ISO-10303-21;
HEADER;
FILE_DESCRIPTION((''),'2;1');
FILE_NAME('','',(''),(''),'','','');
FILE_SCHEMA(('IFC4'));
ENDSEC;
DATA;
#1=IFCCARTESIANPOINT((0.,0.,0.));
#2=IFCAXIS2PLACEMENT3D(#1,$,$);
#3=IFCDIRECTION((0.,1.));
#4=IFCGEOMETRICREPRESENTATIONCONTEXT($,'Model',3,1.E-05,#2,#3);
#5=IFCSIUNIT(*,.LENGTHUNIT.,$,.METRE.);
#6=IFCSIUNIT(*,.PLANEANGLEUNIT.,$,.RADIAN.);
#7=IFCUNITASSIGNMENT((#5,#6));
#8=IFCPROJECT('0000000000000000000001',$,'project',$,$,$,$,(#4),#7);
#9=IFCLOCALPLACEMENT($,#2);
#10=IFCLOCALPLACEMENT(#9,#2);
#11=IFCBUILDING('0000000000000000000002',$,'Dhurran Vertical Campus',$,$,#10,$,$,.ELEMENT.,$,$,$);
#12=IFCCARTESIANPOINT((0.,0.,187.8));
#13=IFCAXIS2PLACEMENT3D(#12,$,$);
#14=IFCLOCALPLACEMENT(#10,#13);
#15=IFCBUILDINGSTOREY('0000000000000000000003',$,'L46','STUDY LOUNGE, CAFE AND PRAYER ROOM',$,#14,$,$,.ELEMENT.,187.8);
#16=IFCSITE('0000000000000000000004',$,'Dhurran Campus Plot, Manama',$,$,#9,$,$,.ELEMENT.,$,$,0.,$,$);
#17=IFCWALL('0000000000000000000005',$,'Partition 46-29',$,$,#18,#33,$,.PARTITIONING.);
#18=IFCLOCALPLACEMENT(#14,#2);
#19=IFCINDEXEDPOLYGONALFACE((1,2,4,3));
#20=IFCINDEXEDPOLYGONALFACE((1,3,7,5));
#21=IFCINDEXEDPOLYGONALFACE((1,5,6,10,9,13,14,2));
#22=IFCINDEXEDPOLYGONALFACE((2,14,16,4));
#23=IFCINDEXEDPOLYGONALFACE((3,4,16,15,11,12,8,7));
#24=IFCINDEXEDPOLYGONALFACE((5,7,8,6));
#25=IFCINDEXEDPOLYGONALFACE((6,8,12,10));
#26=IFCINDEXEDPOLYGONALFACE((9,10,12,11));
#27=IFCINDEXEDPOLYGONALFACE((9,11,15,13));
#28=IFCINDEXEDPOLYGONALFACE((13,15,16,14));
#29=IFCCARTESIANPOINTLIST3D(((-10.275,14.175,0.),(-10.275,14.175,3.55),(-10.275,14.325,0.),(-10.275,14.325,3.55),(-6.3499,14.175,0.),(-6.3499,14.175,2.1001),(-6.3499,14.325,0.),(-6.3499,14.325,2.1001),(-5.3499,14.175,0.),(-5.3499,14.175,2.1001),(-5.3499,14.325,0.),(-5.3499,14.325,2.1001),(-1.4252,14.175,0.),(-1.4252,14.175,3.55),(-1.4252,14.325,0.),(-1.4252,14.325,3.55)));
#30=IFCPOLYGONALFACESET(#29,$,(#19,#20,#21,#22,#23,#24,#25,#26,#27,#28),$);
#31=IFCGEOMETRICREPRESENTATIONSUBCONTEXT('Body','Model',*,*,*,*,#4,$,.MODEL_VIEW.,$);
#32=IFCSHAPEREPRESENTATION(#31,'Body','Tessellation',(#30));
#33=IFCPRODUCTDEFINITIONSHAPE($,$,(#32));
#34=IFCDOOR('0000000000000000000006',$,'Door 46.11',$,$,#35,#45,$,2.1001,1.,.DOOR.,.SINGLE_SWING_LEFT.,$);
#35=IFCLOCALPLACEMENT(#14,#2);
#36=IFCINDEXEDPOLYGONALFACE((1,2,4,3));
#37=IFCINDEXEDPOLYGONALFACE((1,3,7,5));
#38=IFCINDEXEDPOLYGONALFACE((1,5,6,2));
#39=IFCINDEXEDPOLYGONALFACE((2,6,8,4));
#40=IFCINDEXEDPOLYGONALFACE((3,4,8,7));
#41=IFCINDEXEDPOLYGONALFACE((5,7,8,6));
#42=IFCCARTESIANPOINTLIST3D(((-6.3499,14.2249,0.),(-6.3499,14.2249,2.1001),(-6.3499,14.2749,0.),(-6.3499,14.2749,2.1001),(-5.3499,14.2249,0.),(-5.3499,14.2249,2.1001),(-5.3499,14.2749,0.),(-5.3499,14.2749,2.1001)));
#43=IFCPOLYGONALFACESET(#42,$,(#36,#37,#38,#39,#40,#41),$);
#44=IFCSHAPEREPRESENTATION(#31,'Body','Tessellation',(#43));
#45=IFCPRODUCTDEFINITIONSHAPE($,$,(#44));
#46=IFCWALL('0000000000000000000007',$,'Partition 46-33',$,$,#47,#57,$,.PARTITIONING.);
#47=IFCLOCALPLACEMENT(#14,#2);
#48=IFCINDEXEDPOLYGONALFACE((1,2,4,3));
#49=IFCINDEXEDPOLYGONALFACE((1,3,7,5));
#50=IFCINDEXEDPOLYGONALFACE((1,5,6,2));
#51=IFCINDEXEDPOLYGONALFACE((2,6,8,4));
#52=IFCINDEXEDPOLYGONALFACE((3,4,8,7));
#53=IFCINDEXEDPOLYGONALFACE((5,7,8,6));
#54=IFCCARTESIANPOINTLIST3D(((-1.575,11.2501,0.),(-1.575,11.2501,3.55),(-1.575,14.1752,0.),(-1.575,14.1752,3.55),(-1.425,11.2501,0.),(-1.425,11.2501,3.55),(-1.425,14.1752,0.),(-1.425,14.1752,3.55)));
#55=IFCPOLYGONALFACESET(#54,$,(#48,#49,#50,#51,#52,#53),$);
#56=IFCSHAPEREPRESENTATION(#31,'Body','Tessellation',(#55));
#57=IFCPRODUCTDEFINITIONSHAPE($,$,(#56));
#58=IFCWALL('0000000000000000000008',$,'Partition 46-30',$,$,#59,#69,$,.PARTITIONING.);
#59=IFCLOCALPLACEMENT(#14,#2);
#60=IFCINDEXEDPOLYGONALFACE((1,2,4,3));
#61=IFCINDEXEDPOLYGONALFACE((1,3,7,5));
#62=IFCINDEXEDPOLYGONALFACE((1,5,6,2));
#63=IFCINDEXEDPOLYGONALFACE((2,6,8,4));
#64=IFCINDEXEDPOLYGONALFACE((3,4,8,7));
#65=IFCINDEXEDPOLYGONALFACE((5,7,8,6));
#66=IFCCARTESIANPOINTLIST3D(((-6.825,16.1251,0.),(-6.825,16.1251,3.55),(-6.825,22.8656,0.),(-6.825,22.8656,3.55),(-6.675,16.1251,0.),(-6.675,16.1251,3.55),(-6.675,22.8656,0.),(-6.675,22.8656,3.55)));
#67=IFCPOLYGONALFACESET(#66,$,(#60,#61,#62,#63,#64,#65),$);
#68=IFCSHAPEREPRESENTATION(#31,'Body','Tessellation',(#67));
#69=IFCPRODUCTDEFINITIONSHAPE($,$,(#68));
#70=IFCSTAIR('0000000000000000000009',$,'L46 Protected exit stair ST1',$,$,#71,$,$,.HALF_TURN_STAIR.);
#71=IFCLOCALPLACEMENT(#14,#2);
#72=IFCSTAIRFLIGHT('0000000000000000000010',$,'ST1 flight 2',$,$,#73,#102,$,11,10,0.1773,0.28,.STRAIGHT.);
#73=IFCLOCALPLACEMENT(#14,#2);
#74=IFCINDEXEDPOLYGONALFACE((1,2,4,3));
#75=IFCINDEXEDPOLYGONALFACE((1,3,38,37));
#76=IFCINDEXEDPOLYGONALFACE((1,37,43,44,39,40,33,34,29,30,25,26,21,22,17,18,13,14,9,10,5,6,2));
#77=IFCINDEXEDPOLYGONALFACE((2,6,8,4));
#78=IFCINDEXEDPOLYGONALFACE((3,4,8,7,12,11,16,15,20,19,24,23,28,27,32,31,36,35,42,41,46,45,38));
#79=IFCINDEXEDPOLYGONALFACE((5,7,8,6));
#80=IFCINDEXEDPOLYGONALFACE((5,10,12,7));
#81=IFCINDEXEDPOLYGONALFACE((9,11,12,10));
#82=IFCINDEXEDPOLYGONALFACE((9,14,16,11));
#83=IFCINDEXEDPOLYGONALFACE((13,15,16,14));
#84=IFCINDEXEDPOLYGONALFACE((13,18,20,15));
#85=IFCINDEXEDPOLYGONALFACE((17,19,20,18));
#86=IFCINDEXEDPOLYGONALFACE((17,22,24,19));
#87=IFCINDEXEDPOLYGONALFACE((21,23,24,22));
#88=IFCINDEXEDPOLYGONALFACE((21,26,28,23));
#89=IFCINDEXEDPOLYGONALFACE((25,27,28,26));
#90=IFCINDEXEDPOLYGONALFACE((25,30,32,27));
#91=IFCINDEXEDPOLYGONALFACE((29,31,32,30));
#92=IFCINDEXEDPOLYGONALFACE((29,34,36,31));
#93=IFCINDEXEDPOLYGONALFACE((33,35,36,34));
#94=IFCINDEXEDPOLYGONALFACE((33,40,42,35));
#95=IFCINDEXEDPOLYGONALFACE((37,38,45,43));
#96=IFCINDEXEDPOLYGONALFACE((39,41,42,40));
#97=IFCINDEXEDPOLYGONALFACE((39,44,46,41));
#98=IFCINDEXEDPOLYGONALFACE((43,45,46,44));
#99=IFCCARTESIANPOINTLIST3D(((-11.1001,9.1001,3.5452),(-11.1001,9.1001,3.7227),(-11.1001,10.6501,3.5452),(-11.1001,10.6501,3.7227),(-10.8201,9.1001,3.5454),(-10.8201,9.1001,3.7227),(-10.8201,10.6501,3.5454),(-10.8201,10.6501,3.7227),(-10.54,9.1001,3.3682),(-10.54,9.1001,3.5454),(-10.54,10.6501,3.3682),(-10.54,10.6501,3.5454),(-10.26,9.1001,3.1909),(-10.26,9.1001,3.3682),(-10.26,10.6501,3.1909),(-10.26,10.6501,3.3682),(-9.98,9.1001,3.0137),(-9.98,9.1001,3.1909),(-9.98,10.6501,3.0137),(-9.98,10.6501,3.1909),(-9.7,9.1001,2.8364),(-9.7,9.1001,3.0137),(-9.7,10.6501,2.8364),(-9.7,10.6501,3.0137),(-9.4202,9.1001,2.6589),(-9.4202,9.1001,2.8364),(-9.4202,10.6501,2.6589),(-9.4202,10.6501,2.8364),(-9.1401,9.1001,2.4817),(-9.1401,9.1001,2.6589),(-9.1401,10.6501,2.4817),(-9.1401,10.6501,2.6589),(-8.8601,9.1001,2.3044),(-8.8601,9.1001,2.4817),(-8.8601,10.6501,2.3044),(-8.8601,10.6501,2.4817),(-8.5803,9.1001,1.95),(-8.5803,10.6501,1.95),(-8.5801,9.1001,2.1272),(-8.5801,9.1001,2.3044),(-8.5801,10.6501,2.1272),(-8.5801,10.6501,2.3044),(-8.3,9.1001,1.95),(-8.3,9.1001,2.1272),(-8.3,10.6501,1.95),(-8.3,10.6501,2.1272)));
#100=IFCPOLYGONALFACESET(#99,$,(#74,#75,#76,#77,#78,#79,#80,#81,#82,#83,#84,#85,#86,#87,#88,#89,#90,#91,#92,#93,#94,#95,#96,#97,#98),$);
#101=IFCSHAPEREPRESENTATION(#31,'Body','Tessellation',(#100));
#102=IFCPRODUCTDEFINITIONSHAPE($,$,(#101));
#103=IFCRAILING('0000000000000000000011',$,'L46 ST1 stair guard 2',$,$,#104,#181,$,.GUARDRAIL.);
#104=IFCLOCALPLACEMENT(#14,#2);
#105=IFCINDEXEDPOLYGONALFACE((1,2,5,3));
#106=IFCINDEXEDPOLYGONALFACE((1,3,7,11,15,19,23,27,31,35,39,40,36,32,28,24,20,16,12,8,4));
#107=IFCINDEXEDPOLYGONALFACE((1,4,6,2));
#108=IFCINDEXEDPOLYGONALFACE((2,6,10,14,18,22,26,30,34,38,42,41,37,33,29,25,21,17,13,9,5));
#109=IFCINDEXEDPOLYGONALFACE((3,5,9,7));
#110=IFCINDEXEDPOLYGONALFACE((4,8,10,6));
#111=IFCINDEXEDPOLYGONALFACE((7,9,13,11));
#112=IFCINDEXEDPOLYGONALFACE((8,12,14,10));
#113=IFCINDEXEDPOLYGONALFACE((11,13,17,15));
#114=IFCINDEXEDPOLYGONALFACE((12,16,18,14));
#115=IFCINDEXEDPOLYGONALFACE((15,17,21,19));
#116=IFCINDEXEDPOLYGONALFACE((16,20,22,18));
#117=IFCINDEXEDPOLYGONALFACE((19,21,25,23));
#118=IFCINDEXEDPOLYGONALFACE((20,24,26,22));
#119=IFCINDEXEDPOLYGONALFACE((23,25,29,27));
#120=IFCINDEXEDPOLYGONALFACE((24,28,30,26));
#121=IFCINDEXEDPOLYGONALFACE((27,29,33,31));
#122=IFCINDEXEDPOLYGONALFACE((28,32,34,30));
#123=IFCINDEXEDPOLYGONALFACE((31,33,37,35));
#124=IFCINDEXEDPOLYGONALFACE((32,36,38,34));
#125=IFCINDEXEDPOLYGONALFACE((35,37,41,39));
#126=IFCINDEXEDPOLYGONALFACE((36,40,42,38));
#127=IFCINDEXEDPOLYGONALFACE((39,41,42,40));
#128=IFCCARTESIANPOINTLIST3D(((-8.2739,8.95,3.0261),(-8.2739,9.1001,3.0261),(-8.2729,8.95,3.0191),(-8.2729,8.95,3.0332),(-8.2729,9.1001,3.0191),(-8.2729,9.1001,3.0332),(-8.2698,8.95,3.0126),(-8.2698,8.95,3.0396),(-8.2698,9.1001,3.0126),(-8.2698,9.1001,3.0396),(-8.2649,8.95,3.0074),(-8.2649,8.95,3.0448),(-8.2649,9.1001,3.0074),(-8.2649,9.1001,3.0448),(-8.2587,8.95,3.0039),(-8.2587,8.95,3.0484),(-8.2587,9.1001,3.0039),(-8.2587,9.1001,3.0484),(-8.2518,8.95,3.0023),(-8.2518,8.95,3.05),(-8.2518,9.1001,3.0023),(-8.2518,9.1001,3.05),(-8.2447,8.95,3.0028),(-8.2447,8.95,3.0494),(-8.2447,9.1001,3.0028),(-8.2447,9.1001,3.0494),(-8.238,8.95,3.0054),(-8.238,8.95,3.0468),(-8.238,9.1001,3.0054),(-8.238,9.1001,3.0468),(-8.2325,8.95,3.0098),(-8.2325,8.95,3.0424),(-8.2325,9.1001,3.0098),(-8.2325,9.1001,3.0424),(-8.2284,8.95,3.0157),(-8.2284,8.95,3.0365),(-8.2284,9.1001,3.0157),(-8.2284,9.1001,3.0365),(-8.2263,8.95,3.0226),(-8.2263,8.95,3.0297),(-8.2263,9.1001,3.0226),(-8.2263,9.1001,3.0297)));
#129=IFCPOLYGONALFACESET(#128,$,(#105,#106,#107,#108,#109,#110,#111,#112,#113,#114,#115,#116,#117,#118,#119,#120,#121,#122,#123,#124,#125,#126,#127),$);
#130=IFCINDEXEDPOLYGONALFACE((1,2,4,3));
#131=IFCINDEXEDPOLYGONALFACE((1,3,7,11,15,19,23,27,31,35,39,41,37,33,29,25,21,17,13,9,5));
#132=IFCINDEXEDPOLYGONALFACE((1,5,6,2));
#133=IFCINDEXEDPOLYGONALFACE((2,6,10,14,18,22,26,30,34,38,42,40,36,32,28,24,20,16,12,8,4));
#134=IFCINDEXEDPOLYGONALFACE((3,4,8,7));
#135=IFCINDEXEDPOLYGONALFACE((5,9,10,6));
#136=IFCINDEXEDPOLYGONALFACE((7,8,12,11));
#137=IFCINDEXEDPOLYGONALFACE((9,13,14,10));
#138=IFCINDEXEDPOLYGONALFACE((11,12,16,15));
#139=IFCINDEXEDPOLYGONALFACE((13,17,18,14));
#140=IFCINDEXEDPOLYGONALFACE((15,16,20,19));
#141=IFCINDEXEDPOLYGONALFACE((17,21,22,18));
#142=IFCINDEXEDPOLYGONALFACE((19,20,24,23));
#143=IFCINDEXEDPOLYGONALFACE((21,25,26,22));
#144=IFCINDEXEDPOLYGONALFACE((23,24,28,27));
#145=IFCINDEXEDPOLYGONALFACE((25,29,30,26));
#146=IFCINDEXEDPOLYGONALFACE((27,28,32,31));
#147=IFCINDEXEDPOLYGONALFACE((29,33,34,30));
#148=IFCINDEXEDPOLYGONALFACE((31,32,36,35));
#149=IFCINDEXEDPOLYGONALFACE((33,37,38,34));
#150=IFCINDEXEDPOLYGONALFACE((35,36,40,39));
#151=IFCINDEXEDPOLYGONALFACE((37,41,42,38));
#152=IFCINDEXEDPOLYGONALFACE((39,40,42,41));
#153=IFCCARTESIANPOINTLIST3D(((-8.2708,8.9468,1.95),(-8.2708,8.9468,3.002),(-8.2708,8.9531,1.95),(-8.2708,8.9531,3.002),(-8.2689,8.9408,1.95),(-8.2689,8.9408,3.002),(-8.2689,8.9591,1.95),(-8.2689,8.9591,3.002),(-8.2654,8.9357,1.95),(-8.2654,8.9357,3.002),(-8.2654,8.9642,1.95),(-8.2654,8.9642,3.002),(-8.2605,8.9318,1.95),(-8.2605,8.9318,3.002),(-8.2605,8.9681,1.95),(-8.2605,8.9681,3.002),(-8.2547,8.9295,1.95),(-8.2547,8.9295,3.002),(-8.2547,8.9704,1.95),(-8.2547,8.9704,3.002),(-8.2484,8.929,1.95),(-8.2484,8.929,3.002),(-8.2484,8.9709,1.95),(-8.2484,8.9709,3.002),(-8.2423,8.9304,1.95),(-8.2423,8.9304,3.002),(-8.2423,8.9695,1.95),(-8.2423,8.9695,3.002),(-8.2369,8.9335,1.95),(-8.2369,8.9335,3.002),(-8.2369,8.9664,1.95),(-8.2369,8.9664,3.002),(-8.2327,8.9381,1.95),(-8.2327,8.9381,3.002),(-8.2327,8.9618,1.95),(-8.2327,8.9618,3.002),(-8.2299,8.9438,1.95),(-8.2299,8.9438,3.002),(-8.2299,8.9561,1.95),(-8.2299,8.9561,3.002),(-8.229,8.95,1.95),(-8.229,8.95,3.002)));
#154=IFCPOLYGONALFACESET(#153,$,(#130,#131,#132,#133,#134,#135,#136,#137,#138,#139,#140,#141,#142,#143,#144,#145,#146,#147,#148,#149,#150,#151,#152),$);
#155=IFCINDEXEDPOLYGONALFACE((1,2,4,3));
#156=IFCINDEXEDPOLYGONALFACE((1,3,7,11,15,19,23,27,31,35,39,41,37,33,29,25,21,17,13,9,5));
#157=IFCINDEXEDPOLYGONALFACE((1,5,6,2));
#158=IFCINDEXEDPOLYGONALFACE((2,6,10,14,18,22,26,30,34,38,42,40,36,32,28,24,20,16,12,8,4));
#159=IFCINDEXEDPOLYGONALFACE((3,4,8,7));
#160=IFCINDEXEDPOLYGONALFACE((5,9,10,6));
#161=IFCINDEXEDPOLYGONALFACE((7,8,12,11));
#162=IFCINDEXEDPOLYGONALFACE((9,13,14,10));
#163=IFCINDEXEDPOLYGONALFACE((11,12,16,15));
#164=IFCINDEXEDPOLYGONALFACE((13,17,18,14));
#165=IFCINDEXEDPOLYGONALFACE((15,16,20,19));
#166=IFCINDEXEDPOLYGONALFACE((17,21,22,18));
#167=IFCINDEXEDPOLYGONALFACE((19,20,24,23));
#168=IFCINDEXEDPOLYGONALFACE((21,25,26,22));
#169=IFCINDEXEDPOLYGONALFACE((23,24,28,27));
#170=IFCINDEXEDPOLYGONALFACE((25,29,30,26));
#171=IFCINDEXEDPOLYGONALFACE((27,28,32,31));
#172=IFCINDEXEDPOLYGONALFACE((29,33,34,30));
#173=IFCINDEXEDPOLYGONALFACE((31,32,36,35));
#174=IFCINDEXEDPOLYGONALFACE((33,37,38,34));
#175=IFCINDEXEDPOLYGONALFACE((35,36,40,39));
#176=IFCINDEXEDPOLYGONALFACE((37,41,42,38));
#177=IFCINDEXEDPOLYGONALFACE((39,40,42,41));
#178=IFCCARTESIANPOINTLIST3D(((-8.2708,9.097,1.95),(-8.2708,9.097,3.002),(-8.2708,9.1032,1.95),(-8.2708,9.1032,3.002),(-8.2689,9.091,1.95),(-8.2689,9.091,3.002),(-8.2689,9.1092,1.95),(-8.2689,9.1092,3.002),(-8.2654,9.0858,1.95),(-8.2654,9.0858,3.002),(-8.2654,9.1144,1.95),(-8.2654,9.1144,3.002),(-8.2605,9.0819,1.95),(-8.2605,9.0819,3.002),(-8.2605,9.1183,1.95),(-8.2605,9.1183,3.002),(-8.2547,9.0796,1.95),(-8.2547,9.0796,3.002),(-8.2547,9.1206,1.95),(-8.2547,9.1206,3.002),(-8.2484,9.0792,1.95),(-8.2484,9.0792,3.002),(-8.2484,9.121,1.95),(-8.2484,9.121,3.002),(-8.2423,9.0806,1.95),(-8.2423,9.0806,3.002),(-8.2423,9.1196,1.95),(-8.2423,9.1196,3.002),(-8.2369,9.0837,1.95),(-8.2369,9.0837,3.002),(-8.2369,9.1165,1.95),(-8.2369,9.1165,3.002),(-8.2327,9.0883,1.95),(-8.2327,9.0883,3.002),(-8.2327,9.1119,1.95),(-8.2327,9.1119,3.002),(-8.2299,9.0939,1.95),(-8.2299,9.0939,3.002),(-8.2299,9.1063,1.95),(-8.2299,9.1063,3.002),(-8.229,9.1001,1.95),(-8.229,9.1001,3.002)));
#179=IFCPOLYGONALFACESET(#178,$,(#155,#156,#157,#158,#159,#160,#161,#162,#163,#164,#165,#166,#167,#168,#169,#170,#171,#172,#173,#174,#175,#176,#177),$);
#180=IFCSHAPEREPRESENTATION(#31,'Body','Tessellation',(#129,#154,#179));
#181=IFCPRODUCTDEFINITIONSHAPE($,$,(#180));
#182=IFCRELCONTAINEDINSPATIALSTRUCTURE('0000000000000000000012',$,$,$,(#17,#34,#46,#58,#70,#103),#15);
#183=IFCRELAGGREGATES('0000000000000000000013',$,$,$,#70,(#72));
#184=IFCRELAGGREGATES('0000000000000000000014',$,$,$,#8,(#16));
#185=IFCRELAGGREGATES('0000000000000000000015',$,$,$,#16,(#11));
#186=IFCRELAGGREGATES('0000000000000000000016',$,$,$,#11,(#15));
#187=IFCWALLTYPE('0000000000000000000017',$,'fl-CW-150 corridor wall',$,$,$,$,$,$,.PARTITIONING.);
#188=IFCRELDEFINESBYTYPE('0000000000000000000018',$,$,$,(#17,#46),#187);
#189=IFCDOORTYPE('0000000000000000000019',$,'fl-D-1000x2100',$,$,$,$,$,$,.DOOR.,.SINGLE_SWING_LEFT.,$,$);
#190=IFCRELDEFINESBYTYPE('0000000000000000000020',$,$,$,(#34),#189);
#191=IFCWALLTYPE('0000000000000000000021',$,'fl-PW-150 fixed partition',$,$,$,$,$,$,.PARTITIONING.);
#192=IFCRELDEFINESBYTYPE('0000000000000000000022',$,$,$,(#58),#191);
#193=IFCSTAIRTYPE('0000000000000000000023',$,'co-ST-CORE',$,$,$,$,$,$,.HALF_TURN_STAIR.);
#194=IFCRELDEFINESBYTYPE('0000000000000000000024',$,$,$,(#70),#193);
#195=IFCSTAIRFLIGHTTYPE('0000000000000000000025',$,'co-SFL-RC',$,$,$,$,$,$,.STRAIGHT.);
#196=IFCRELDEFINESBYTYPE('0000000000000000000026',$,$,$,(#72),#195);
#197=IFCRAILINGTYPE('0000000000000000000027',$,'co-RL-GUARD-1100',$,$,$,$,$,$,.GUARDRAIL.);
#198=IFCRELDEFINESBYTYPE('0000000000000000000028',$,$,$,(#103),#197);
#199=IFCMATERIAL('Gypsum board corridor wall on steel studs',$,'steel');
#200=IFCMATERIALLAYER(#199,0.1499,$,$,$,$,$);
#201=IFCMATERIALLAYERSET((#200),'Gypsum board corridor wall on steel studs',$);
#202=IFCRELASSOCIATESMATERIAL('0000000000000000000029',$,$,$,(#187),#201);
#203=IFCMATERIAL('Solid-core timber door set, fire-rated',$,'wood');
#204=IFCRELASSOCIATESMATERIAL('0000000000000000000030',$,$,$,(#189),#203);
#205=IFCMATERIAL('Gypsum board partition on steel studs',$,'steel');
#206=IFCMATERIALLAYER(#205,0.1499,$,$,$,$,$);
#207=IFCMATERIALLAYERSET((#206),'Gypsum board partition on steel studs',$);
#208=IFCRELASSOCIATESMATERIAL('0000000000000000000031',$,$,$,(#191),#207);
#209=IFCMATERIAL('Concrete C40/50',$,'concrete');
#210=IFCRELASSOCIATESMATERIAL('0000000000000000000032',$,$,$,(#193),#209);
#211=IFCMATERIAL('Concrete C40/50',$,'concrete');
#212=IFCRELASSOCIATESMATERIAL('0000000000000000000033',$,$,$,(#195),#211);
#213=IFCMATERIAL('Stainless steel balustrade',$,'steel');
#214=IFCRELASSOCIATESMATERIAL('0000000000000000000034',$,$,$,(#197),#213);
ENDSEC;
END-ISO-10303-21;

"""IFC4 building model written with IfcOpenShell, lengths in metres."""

from ifc_helpers import new_model, si_unit, direction, frame, frame_2d, origin, origin_2d, place, context, subcontext, project, spatial, polyline, rectangle, circle, outline, extrude, material, layer, layer_set, type_object, element, fill, aggregate, save


model = new_model("IFC4")

# Units and contexts
model_context = context("Model", 3, precision=1e-05, world=origin(), true_north=direction((0.0, 1.0)))
body_context = subcontext(model_context, "Body", "Model", "MODEL_VIEW")
ifc_project = project(units=[si_unit("LENGTHUNIT", "METRE"), si_unit("PLANEANGLEUNIT", "RADIAN")], contexts=[model_context])

# Site, building, storey
site_placement = place(None, origin())
site = spatial("IfcSite", under=ifc_project, at=site_placement, Name="Dhurran Campus Plot, Manama", CompositionType="ELEMENT", RefElevation=0.0)
building_placement = place(site_placement, origin())
building = spatial("IfcBuilding", under=site, at=building_placement, Name="Dhurran Vertical Campus", CompositionType="ELEMENT")
storey_placement = place(building_placement, frame((0.0, 0.0, 187.8)))
storey = spatial("IfcBuildingStorey", under=building, at=storey_placement, Name="L46", Description="STUDY LOUNGE, CAFE AND PRAYER ROOM", CompositionType="ELEMENT", Elevation=187.8)

# Shared definitions
ifc_material_1 = material(Name="Gypsum board corridor wall on steel studs", Category="steel")
ifc_layer_1 = layer(ifc_material_1, 0.1499)
ifc_layer_set_1 = layer_set([ifc_layer_1], Name="Gypsum board corridor wall on steel studs")
wall_type_1 = type_object("IfcWallType", Name="fl-CW-150 corridor wall", PredefinedType="PARTITIONING", material=ifc_layer_set_1)
ifc_material_2 = material(Name="Solid-core timber door set, fire-rated", Category="wood")
door_type = type_object("IfcDoorType", Name="fl-D-1000x2100", OperationType="SINGLE_SWING_LEFT", PredefinedType="DOOR", material=ifc_material_2)

# Wall, opening, door
wall_1_placement = place(storey_placement, frame((-10.2749, 14.25, 0.0), z_axis=(0.0, 0.0, 1.0), x_axis=(1.0, 0.0, 0.0)))
wall_1 = element("IfcWall", 1, at=wall_1_placement, inside=storey, type_object=wall_type_1, Name="Partition 46-29", PredefinedType="PARTITIONING", context=body_context, shape_type="SweptSolid", body=[
    extrude(rectangle(XDim=8.8499, YDim=0.1499, at=frame_2d((4.4248, 0.0))), origin(), (0.0, 0.0, 1.0), 3.55),
])
opening_1_placement = place(wall_1_placement, frame((3.925, 0.0, 0.0)))
opening_1 = element("IfcOpeningElement", 2, at=opening_1_placement, cuts=wall_1, PredefinedType="OPENING", context=body_context, shape_type="SweptSolid", body=[
    extrude(rectangle(XDim=1.0, YDim=2.1001, at=frame_2d((0.5, 1.05))), frame((0.0, 0.085, 0.0), z_axis=(0.0, -1.0, 0.0), x_axis=(1.0, 0.0, 0.0)), (0.0, 0.0, 1.0), 0.1699),
])
door_1_placement = place(opening_1_placement, origin())
door_1 = element("IfcDoor", 3, at=door_1_placement, inside=storey, type_object=door_type, Name="Door 46.11", OperationType="SINGLE_SWING_LEFT", OverallHeight=2.1001, OverallWidth=1.0, PredefinedType="DOOR", context=body_context, shape_type="SweptSolid", body=[
    extrude(rectangle(XDim=1.0, YDim=2.1001, at=frame_2d((0.5, 1.05))), frame((0.0, 0.0249, 0.0), z_axis=(0.0, -1.0, 0.0), x_axis=(1.0, 0.0, 0.0)), (0.0, 0.0, 1.0), 0.05),
])
fill(opening_1, door_1)

# Walls
wall_2_placement = place(storey_placement, frame((-1.5, 14.175, 0.0), z_axis=(0.0, 0.0, 1.0), x_axis=(0.0, -1.0, 0.0)))
element("IfcWall", 4, at=wall_2_placement, inside=storey, type_object=wall_type_1, Name="Partition 46-33", PredefinedType="PARTITIONING", context=body_context, shape_type="SweptSolid", body=[
    extrude(rectangle(XDim=2.925, YDim=0.1499, at=frame_2d((1.4624, 0.0))), origin(), (0.0, 0.0, 1.0), 3.55),
])
ifc_material_3 = material(Name="Gypsum board partition on steel studs", Category="steel")
ifc_layer_2 = layer(ifc_material_3, 0.1499)
ifc_layer_set_2 = layer_set([ifc_layer_2], Name="Gypsum board partition on steel studs")
wall_type_2 = type_object("IfcWallType", Name="fl-PW-150 fixed partition", PredefinedType="PARTITIONING", material=ifc_layer_set_2)
wall_3_placement = place(storey_placement, frame((-6.75, 22.8655, 0.0), z_axis=(0.0, 0.0, 1.0), x_axis=(0.0, -1.0, 0.0)))
element("IfcWall", 5, at=wall_3_placement, inside=storey, type_object=wall_type_2, Name="Partition 46-30", PredefinedType="PARTITIONING", context=body_context, shape_type="SweptSolid", body=[
    extrude(rectangle(XDim=6.7405, YDim=0.1499, at=frame_2d((3.3701, 0.0))), origin(), (0.0, 0.0, 1.0), 3.55),
])

# Stair, stair flight
ifc_material_4 = material(Name="Concrete C40/50", Category="concrete")
stair_type = type_object("IfcStairType", Name="co-ST-CORE", PredefinedType="HALF_TURN_STAIR", material=ifc_material_4)
stair_placement = place(storey_placement, origin())
stair = element("IfcStair", 6, at=stair_placement, inside=storey, type_object=stair_type, Name="L46 Protected exit stair ST1", PredefinedType="HALF_TURN_STAIR")
ifc_material_5 = material(Name="Concrete C40/50", Category="concrete")
stair_flight_type = type_object("IfcStairFlightType", Name="co-SFL-RC", PredefinedType="STRAIGHT", material=ifc_material_5)
stair_flight_placement = place(storey_placement, frame((-8.3, 9.875, 1.95), z_axis=(0.0, 0.0, 1.0), x_axis=(-1.0, 0.0, 0.0)))
stair_flight = element("IfcStairFlight", 7, at=stair_flight_placement, type_object=stair_flight_type, Name="ST1 flight 2", NumberOfRisers=11, NumberOfTreads=10, PredefinedType="STRAIGHT", RiserHeight=0.1773, TreadLength=0.28, context=body_context, shape_type="SweptSolid", body=[
    extrude(outline(polyline([(0.0, 0.0), (0.0, 0.1772), (0.28, 0.1772), (0.28, 0.3545), (0.5601, 0.3545), (0.5601, 0.5317), (0.8401, 0.5317), (0.8401, 0.709), (1.1201, 0.709), (1.1201, 0.8865), (1.3999, 0.8865), (1.3999, 1.0637), (1.6799, 1.0637), (1.6799, 1.241), (1.96, 1.241), (1.96, 1.4182), (2.24, 1.4182), (2.24, 1.5955), (2.52, 1.5955), (2.52, 1.7727), (2.8, 1.7727), (2.8, 1.95), (2.8, 1.5952), (0.2803, 0.0), (0.0, 0.0)])), frame((0.0, 0.7749, 0.0), z_axis=(0.0, -1.0, 0.0), x_axis=(1.0, 0.0, 0.0)), (0.0, 0.0, 1.0), 1.55),
])
aggregate(stair, [stair_flight])

# Railing
ifc_material_6 = material(Name="Stainless steel balustrade", Category="steel")
railing_type_1 = type_object("IfcRailingType", Name="co-RL-GUARD-1100", PredefinedType="GUARDRAIL", material=ifc_material_6)
railing_1_placement = place(storey_placement, frame((-8.25, 8.95, 1.95)))
element("IfcRailing", 8, at=railing_1_placement, inside=storey, type_object=railing_type_1, Name="L46 ST1 stair guard 2", PredefinedType="GUARDRAIL", context=body_context, shape_type="SweptSolid", body=[
    extrude(circle(Radius=0.0239, at=origin_2d()), frame((0.0, 0.0, 1.0762), z_axis=(0.0, 1.0, 0.0), x_axis=(-1.0, 0.0, 0.0)), (0.0, 0.0, 1.0), 0.1501),
    extrude(circle(Radius=0.021, at=origin_2d()), origin(), (0.0, 0.0, 1.0), 1.052),
    extrude(circle(Radius=0.021, at=origin_2d()), frame((0.0, 0.1501, 0.0)), (0.0, 0.0, 1.0), 1.052),
])

save(model, "model.ifc")
